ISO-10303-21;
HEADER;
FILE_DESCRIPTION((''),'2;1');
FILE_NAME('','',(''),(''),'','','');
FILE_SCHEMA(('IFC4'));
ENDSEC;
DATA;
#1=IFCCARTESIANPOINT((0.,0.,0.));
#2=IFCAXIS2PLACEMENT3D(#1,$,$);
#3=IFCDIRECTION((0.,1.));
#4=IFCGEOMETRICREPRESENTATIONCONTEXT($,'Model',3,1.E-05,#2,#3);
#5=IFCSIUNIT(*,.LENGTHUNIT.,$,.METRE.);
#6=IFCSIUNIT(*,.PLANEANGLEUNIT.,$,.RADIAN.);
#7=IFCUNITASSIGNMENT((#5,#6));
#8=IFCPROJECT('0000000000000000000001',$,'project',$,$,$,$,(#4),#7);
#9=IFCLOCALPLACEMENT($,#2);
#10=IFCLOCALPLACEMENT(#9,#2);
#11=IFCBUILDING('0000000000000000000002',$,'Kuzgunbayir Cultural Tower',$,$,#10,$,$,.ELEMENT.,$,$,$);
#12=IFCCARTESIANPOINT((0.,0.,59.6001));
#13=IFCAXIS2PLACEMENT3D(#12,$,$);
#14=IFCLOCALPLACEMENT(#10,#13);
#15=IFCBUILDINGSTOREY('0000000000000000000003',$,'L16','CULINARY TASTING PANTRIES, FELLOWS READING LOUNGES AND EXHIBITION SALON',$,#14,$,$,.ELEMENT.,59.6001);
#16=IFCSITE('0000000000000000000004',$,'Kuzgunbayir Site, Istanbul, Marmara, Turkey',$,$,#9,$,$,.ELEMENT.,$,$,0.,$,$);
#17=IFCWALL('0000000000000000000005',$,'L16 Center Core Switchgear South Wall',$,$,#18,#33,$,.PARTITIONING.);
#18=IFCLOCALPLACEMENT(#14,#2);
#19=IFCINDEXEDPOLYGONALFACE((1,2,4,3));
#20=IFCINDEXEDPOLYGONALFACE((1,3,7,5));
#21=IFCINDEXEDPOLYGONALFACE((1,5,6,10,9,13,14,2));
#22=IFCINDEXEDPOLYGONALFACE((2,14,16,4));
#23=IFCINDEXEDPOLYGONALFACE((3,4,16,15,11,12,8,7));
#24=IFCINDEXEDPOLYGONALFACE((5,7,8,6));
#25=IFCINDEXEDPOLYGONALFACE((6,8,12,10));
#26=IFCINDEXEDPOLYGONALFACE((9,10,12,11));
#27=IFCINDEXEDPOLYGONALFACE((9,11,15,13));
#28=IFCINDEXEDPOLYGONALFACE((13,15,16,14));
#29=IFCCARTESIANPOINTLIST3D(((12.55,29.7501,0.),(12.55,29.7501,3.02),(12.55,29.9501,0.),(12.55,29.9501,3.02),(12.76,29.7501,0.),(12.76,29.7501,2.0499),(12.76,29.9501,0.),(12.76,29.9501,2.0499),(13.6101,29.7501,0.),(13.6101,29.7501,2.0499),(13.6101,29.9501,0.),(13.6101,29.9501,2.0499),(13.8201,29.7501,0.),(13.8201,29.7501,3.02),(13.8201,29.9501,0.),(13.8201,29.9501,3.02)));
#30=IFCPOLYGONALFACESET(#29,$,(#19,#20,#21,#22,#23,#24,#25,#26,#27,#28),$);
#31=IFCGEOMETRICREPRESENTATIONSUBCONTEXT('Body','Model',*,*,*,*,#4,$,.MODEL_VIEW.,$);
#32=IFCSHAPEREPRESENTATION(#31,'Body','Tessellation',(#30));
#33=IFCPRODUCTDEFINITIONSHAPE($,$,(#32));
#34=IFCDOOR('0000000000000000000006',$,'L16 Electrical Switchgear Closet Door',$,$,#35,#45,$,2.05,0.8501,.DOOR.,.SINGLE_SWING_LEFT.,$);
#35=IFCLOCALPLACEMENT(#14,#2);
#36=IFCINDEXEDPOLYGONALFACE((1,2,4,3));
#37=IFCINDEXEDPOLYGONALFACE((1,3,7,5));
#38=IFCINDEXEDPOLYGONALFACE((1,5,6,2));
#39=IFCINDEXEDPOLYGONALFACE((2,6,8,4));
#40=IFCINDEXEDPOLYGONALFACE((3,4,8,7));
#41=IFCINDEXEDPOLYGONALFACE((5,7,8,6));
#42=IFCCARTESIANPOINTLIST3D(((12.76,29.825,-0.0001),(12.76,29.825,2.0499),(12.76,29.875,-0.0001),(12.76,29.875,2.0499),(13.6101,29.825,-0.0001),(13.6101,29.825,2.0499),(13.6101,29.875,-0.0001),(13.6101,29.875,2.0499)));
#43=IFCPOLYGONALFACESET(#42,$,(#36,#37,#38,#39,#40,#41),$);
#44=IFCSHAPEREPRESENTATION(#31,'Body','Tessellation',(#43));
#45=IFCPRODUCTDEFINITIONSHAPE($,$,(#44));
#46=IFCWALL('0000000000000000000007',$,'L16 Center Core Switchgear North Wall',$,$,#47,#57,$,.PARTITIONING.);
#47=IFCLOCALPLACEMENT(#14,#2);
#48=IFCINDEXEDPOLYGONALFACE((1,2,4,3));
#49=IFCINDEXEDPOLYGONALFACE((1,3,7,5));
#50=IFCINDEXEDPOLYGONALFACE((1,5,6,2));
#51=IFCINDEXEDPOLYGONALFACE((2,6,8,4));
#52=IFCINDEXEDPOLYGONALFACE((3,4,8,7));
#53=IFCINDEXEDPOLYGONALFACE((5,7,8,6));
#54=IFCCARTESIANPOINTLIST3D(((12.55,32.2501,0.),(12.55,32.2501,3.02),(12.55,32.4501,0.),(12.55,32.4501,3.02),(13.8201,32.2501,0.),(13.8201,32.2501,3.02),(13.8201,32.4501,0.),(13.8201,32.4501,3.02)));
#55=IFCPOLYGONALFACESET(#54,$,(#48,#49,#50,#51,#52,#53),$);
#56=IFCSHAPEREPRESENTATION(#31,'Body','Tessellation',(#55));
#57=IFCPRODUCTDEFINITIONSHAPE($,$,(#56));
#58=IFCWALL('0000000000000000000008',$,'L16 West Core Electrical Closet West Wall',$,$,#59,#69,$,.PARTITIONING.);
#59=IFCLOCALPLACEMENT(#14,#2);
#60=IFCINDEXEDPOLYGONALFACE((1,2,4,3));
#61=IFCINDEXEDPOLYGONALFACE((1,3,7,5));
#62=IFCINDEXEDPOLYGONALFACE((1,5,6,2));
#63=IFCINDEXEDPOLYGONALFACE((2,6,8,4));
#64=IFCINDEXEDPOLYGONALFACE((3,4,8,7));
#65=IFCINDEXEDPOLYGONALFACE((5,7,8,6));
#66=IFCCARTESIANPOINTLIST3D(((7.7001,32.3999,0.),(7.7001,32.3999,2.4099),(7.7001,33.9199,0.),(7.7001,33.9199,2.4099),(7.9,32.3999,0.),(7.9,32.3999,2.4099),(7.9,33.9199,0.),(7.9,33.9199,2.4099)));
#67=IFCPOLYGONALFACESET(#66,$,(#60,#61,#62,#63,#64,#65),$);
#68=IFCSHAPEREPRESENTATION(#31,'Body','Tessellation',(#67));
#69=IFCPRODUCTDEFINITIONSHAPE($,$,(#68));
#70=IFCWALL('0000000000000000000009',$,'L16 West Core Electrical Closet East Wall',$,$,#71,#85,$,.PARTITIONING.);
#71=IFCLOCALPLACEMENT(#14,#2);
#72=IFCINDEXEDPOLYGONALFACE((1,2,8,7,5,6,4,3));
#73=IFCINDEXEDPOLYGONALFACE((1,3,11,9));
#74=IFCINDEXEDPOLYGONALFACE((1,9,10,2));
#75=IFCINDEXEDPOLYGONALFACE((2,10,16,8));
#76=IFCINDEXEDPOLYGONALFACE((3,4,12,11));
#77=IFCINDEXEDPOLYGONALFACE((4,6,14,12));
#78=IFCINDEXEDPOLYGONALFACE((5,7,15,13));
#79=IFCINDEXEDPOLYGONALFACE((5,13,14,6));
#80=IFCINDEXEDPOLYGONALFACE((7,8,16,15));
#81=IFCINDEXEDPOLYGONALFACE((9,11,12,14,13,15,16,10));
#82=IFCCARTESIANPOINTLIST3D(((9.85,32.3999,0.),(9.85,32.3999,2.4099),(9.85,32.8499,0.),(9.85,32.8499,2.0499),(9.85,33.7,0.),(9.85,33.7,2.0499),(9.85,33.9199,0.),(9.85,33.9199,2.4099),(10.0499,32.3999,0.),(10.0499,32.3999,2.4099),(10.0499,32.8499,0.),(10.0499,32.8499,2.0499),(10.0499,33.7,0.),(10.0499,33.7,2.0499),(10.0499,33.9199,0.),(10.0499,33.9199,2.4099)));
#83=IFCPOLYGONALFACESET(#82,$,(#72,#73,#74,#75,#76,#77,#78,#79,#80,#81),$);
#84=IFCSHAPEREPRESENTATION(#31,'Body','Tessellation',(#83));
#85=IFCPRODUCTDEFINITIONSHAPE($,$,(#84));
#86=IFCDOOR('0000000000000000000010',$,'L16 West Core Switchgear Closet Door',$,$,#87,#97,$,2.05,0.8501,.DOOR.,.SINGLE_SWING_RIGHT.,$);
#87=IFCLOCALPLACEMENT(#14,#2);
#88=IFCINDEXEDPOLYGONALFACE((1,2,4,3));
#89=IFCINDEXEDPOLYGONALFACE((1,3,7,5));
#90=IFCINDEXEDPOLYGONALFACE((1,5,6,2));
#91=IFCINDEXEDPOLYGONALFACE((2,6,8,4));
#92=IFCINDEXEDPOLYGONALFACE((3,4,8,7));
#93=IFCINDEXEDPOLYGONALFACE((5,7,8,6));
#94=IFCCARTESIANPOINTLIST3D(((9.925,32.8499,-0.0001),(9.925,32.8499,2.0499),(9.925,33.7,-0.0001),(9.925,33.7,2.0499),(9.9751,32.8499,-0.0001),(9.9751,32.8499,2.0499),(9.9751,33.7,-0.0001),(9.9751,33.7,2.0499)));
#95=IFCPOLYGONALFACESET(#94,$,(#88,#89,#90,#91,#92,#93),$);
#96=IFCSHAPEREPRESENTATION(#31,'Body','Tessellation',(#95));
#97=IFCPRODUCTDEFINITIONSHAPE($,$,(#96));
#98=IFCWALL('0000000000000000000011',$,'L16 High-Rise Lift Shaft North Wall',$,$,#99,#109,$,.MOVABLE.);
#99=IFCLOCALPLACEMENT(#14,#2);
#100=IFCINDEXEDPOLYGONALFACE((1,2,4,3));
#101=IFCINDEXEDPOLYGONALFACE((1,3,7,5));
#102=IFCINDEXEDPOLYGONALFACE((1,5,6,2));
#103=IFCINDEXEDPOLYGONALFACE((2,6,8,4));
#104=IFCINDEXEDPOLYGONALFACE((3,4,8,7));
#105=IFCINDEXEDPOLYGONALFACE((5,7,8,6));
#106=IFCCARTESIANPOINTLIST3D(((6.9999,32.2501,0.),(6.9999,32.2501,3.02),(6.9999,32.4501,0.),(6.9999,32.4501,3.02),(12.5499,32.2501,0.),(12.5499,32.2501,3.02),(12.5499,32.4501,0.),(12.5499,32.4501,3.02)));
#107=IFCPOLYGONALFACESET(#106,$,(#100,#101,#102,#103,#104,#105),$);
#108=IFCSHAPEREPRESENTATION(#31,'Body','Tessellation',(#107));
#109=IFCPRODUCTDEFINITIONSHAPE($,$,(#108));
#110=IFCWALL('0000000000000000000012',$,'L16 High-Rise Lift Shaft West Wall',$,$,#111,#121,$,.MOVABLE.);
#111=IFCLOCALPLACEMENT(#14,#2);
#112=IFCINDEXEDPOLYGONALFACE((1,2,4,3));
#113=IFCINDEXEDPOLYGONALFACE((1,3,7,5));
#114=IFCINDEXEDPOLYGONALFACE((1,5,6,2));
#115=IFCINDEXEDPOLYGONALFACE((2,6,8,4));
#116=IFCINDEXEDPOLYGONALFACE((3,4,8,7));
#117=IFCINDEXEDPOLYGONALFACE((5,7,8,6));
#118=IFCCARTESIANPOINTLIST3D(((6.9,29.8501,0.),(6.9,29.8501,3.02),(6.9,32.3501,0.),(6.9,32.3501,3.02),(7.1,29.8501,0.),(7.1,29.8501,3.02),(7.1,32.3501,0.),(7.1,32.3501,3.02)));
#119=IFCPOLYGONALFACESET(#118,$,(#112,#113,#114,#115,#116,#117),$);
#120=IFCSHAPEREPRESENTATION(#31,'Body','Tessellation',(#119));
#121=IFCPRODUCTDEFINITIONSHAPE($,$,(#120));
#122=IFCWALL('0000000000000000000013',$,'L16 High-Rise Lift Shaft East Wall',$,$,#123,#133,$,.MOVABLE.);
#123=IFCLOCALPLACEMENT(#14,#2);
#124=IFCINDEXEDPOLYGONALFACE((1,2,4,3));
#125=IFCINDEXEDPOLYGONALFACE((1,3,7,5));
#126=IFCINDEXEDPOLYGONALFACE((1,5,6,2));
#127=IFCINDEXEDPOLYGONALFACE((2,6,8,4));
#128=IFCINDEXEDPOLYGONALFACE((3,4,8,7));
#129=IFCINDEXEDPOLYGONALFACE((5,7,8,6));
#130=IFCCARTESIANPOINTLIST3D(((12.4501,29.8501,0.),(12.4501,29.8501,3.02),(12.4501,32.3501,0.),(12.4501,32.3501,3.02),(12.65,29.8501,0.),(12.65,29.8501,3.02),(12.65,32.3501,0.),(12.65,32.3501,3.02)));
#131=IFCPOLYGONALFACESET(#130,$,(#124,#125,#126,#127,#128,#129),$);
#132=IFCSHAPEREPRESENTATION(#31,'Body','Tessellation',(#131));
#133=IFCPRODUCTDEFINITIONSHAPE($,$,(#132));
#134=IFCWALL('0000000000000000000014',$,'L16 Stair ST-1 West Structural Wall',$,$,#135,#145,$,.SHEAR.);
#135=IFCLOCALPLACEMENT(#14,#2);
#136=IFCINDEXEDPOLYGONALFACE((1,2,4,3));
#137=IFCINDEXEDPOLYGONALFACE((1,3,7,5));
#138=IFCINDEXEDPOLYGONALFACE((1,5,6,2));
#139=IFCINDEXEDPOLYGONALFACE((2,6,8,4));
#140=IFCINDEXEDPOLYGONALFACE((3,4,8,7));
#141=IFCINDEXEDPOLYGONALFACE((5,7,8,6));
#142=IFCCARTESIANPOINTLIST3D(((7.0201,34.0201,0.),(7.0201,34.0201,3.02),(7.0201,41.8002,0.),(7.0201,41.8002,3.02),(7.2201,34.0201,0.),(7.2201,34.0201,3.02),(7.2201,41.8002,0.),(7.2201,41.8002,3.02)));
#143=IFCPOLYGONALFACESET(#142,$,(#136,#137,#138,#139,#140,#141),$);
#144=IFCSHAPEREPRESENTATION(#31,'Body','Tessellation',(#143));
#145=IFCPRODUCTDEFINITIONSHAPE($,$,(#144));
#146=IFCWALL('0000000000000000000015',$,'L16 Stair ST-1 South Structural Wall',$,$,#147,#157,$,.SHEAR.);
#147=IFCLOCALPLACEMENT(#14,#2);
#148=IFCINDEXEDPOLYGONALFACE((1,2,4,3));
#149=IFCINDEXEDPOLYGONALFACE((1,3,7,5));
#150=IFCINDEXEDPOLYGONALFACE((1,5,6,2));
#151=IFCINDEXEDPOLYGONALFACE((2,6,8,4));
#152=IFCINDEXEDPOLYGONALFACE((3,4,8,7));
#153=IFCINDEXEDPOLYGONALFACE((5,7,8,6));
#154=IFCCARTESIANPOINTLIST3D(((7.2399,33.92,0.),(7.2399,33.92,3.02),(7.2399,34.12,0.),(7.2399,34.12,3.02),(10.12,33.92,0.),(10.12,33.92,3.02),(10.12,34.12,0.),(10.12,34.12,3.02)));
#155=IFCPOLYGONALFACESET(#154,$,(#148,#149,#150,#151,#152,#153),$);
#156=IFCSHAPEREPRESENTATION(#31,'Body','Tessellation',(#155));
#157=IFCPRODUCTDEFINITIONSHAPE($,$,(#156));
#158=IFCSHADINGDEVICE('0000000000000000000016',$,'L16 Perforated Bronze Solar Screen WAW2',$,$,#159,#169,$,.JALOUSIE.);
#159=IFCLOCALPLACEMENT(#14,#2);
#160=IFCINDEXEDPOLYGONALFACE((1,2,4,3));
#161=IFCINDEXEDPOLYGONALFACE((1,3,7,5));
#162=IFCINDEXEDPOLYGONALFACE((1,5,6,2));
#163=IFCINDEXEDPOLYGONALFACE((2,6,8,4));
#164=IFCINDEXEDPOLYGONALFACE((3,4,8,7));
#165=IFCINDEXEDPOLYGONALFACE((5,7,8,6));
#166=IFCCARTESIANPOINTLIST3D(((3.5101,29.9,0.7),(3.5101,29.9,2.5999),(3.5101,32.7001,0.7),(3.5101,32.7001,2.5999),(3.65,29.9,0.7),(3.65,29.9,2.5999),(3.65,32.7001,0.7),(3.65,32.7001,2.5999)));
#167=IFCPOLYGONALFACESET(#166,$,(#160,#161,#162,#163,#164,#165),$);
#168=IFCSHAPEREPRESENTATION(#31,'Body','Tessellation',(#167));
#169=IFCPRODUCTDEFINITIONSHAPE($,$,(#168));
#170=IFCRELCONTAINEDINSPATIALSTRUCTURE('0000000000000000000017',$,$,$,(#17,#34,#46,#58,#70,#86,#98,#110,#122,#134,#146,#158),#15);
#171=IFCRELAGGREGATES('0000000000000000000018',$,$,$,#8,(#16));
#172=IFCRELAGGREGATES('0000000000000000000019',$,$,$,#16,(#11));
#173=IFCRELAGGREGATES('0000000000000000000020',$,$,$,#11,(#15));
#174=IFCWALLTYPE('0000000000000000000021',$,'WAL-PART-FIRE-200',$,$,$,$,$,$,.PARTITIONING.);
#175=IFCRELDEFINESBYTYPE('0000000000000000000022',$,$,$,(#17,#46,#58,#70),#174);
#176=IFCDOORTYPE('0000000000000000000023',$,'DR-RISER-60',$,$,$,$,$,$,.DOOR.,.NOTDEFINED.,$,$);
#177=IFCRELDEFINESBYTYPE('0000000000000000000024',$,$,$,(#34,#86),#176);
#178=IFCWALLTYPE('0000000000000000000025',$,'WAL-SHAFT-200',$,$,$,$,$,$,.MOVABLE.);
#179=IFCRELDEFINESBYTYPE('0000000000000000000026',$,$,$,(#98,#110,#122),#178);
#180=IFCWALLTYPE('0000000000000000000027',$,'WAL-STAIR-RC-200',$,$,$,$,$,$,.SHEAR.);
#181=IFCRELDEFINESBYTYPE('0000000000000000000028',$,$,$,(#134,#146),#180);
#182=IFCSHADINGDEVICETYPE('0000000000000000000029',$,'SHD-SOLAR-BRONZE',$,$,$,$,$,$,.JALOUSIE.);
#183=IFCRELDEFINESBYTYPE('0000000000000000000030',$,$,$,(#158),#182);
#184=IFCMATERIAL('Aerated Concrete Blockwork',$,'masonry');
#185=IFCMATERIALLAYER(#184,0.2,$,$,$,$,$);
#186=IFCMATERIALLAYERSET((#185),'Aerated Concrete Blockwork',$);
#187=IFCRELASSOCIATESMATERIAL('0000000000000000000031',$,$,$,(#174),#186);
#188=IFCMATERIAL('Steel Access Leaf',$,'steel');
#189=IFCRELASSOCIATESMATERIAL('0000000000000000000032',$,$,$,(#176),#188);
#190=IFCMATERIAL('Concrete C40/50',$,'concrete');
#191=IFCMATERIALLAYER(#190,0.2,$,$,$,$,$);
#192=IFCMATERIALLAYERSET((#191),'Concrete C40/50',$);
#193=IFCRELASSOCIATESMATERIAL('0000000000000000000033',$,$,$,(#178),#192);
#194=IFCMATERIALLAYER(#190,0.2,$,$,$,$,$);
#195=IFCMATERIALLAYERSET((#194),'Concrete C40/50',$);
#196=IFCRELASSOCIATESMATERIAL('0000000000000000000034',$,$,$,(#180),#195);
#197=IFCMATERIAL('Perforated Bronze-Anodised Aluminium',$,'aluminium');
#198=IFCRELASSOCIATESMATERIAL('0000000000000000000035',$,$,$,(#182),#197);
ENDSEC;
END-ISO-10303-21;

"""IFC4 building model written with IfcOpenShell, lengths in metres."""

from ifc_helpers import new_model, si_unit, direction, frame, frame_2d, origin, origin_2d, place, context, subcontext, project, spatial, rectangle, extrude, material, layer, layer_set, type_object, element, fill, save


model = new_model("IFC4")

# Units and contexts
model_context = context("Model", 3, precision=1e-05, world=origin(), true_north=direction((0.0, 1.0)))
body_context = subcontext(model_context, "Body", "Model", "MODEL_VIEW")
ifc_project = project(units=[si_unit("LENGTHUNIT", "METRE"), si_unit("PLANEANGLEUNIT", "RADIAN")], contexts=[model_context])

# Site, building, storey
site_placement = place(None, origin())
site = spatial("IfcSite", under=ifc_project, at=site_placement, Name="Kuzgunbayir Site, Istanbul, Marmara, Turkey", CompositionType="ELEMENT", RefElevation=0.0)
building_placement = place(site_placement, origin())
building = spatial("IfcBuilding", under=site, at=building_placement, Name="Kuzgunbayir Cultural Tower", CompositionType="ELEMENT")
storey_placement = place(building_placement, frame((0.0, 0.0, 59.6001)))
storey = spatial("IfcBuildingStorey", under=building, at=storey_placement, Name="L16", Description="CULINARY TASTING PANTRIES, FELLOWS READING LOUNGES AND EXHIBITION SALON", CompositionType="ELEMENT", Elevation=59.6001)

# Shared definitions
ifc_material_1 = material(Name="Aerated Concrete Blockwork", Category="masonry")
ifc_layer_1 = layer(ifc_material_1, 0.2)
ifc_layer_set_1 = layer_set([ifc_layer_1], Name="Aerated Concrete Blockwork")
wall_type_1 = type_object("IfcWallType", Name="WAL-PART-FIRE-200", PredefinedType="PARTITIONING", material=ifc_layer_set_1)

# Wall, opening, door
wall_1_placement = place(storey_placement, frame((12.55, 29.8501, 0.0), z_axis=(0.0, 0.0, 1.0), x_axis=(1.0, 0.0, 0.0)))
wall_1 = element("IfcWall", 1, at=wall_1_placement, inside=storey, type_object=wall_type_1, Name="L16 Center Core Switchgear South Wall", PredefinedType="PARTITIONING", context=body_context, shape_type="SweptSolid", body=[
    extrude(rectangle(XDim=1.27, YDim=0.2, at=frame_2d((0.635, 0.0))), origin(), (0.0, 0.0, 1.0), 3.02),
])
opening_1_placement = place(wall_1_placement, frame((0.21, 0.0, 0.0)))
opening_1 = element("IfcOpeningElement", 2, at=opening_1_placement, cuts=wall_1, PredefinedType="OPENING", context=body_context, shape_type="SweptSolid", body=[
    extrude(rectangle(XDim=0.8501, YDim=2.05, at=frame_2d((0.425, 1.0249))), frame((0.0, 0.1099, 0.0), z_axis=(0.0, -1.0, 0.0), x_axis=(1.0, 0.0, 0.0)), (0.0, 0.0, 1.0), 0.22),
])
ifc_material_2 = material(Name="Steel Access Leaf", Category="steel")
door_type_1 = type_object("IfcDoorType", Name="DR-RISER-60", OperationType="NOTDEFINED", PredefinedType="DOOR", material=ifc_material_2)
door_1_placement = place(opening_1_placement, origin())
door_1 = element("IfcDoor", 3, at=door_1_placement, inside=storey, type_object=door_type_1, Name="L16 Electrical Switchgear Closet Door", OperationType="SINGLE_SWING_LEFT", OverallHeight=2.05, OverallWidth=0.8501, PredefinedType="DOOR", context=body_context, shape_type="SweptSolid", body=[
    extrude(rectangle(XDim=0.8501, YDim=2.05, at=frame_2d((0.425, 1.0249))), frame((0.0, 0.0249, 0.0), z_axis=(0.0, -1.0, 0.0), x_axis=(1.0, 0.0, 0.0)), (0.0, 0.0, 1.0), 0.05),
])
fill(opening_1, door_1)

# Walls
wall_2_placement = place(storey_placement, frame((12.55, 32.3501, 0.0), z_axis=(0.0, 0.0, 1.0), x_axis=(1.0, 0.0, 0.0)))
element("IfcWall", 4, at=wall_2_placement, inside=storey, type_object=wall_type_1, Name="L16 Center Core Switchgear North Wall", PredefinedType="PARTITIONING", context=body_context, shape_type="SweptSolid", body=[
    extrude(rectangle(XDim=1.27, YDim=0.2, at=frame_2d((0.635, 0.0))), origin(), (0.0, 0.0, 1.0), 3.02),
])
wall_3_placement = place(storey_placement, frame((7.8, 32.3999, 0.0), z_axis=(0.0, 0.0, 1.0), x_axis=(0.0, 1.0, 0.0)))
element("IfcWall", 5, at=wall_3_placement, inside=storey, type_object=wall_type_1, Name="L16 West Core Electrical Closet West Wall", PredefinedType="PARTITIONING", context=body_context, shape_type="SweptSolid", body=[
    extrude(rectangle(XDim=1.52, YDim=0.2, at=frame_2d((0.76, 0.0))), origin(), (0.0, 0.0, 1.0), 2.4099),
])

# Wall, opening, door
wall_4_placement = place(storey_placement, frame((9.95, 32.3999, 0.0), z_axis=(0.0, 0.0, 1.0), x_axis=(0.0, 1.0, 0.0)))
wall_4 = element("IfcWall", 6, at=wall_4_placement, inside=storey, type_object=wall_type_1, Name="L16 West Core Electrical Closet East Wall", PredefinedType="PARTITIONING", context=body_context, shape_type="SweptSolid", body=[
    extrude(rectangle(XDim=1.52, YDim=0.2, at=frame_2d((0.76, 0.0))), origin(), (0.0, 0.0, 1.0), 2.4099),
])
opening_2_placement = place(wall_4_placement, frame((0.45, 0.0, 0.0)))
opening_2 = element("IfcOpeningElement", 7, at=opening_2_placement, cuts=wall_4, PredefinedType="OPENING", context=body_context, shape_type="SweptSolid", body=[
    extrude(rectangle(XDim=0.8501, YDim=2.05, at=frame_2d((0.425, 1.0249))), frame((0.0, 0.1099, 0.0), z_axis=(0.0, -1.0, 0.0), x_axis=(1.0, 0.0, 0.0)), (0.0, 0.0, 1.0), 0.22),
])
door_2_placement = place(opening_2_placement, origin())
door_2 = element("IfcDoor", 8, at=door_2_placement, inside=storey, type_object=door_type_1, Name="L16 West Core Switchgear Closet Door", OperationType="SINGLE_SWING_RIGHT", OverallHeight=2.05, OverallWidth=0.8501, PredefinedType="DOOR", context=body_context, shape_type="SweptSolid", body=[
    extrude(rectangle(XDim=0.8501, YDim=2.05, at=frame_2d((0.425, 1.0249))), frame((0.0, 0.0249, 0.0), z_axis=(0.0, -1.0, 0.0), x_axis=(1.0, 0.0, 0.0)), (0.0, 0.0, 1.0), 0.05),
])
fill(opening_2, door_2)

# Walls
ifc_material_3 = material(Name="Concrete C40/50", Category="concrete")
ifc_layer_2 = layer(ifc_material_3, 0.2)
ifc_layer_set_2 = layer_set([ifc_layer_2], Name="Concrete C40/50")
wall_type_2 = type_object("IfcWallType", Name="WAL-SHAFT-200", PredefinedType="MOVABLE", material=ifc_layer_set_2)
wall_5_placement = place(storey_placement, frame((7.0, 32.3501, 0.0), z_axis=(0.0, 0.0, 1.0), x_axis=(1.0, 0.0, 0.0)))
element("IfcWall", 9, at=wall_5_placement, inside=storey, type_object=wall_type_2, Name="L16 High-Rise Lift Shaft North Wall", PredefinedType="MOVABLE", context=body_context, shape_type="SweptSolid", body=[
    extrude(rectangle(XDim=5.55, YDim=0.2, at=frame_2d((2.7749, 0.0))), origin(), (0.0, 0.0, 1.0), 3.02),
])
for number, where, z_axis, x_axis, name in (
    (10, (7.0, 29.8501, 0.0), (0.0, 0.0, 1.0), (0.0, 1.0, 0.0), "L16 High-Rise Lift Shaft West Wall"),
    (11, (12.55, 29.8501, 0.0), (0.0, 0.0, 1.0), (0.0, 1.0, 0.0), "L16 High-Rise Lift Shaft East Wall"),
):
    element("IfcWall", number, at=place(storey_placement, frame(where, z_axis=z_axis, x_axis=x_axis)), inside=storey, type_object=wall_type_2, Name=name, PredefinedType="MOVABLE", context=body_context, shape_type="SweptSolid", body=[
        extrude(rectangle(XDim=2.5, YDim=0.2, at=frame_2d((1.25, 0.0))), origin(), (0.0, 0.0, 1.0), 3.02),
    ])
ifc_layer_3 = layer(ifc_material_3, 0.2)
ifc_layer_set_3 = layer_set([ifc_layer_3], Name="Concrete C40/50")
wall_type_3 = type_object("IfcWallType", Name="WAL-STAIR-RC-200", PredefinedType="SHEAR", material=ifc_layer_set_3)
wall_6_placement = place(storey_placement, frame((7.1201, 34.02, 0.0), z_axis=(0.0, 0.0, 1.0), x_axis=(0.0, 1.0, 0.0)))
element("IfcWall", 12, at=wall_6_placement, inside=storey, type_object=wall_type_3, Name="L16 Stair ST-1 West Structural Wall", PredefinedType="SHEAR", context=body_context, shape_type="SweptSolid", body=[
    extrude(rectangle(XDim=7.78, YDim=0.2, at=frame_2d((3.8901, 0.0))), origin(), (0.0, 0.0, 1.0), 3.02),
])
wall_7_placement = place(storey_placement, frame((7.24, 34.02, 0.0), z_axis=(0.0, 0.0, 1.0), x_axis=(1.0, 0.0, 0.0)))
element("IfcWall", 13, at=wall_7_placement, inside=storey, type_object=wall_type_3, Name="L16 Stair ST-1 South Structural Wall", PredefinedType="SHEAR", context=body_context, shape_type="SweptSolid", body=[
    extrude(rectangle(XDim=2.8801, YDim=0.2, at=frame_2d((1.4399, 0.0))), origin(), (0.0, 0.0, 1.0), 3.02),
])

# Shading device
ifc_material_4 = material(Name="Perforated Bronze-Anodised Aluminium", Category="aluminium")
shading_device_type = type_object("IfcShadingDeviceType", Name="SHD-SOLAR-BRONZE", PredefinedType="JALOUSIE", material=ifc_material_4)
shading_device_placement = place(storey_placement, frame((3.5801, 31.3, 0.7), z_axis=(0.0, 0.0, 1.0), x_axis=(1.0, 0.0, 0.0)))
element("IfcShadingDevice", 14, at=shading_device_placement, inside=storey, type_object=shading_device_type, Name="L16 Perforated Bronze Solar Screen WAW2", PredefinedType="JALOUSIE", context=body_context, shape_type="SweptSolid", body=[
    extrude(rectangle(XDim=0.1399, YDim=2.8, at=origin_2d()), origin(), (0.0, 0.0, 1.0), 1.8999),
])

save(model, "model.ifc")
